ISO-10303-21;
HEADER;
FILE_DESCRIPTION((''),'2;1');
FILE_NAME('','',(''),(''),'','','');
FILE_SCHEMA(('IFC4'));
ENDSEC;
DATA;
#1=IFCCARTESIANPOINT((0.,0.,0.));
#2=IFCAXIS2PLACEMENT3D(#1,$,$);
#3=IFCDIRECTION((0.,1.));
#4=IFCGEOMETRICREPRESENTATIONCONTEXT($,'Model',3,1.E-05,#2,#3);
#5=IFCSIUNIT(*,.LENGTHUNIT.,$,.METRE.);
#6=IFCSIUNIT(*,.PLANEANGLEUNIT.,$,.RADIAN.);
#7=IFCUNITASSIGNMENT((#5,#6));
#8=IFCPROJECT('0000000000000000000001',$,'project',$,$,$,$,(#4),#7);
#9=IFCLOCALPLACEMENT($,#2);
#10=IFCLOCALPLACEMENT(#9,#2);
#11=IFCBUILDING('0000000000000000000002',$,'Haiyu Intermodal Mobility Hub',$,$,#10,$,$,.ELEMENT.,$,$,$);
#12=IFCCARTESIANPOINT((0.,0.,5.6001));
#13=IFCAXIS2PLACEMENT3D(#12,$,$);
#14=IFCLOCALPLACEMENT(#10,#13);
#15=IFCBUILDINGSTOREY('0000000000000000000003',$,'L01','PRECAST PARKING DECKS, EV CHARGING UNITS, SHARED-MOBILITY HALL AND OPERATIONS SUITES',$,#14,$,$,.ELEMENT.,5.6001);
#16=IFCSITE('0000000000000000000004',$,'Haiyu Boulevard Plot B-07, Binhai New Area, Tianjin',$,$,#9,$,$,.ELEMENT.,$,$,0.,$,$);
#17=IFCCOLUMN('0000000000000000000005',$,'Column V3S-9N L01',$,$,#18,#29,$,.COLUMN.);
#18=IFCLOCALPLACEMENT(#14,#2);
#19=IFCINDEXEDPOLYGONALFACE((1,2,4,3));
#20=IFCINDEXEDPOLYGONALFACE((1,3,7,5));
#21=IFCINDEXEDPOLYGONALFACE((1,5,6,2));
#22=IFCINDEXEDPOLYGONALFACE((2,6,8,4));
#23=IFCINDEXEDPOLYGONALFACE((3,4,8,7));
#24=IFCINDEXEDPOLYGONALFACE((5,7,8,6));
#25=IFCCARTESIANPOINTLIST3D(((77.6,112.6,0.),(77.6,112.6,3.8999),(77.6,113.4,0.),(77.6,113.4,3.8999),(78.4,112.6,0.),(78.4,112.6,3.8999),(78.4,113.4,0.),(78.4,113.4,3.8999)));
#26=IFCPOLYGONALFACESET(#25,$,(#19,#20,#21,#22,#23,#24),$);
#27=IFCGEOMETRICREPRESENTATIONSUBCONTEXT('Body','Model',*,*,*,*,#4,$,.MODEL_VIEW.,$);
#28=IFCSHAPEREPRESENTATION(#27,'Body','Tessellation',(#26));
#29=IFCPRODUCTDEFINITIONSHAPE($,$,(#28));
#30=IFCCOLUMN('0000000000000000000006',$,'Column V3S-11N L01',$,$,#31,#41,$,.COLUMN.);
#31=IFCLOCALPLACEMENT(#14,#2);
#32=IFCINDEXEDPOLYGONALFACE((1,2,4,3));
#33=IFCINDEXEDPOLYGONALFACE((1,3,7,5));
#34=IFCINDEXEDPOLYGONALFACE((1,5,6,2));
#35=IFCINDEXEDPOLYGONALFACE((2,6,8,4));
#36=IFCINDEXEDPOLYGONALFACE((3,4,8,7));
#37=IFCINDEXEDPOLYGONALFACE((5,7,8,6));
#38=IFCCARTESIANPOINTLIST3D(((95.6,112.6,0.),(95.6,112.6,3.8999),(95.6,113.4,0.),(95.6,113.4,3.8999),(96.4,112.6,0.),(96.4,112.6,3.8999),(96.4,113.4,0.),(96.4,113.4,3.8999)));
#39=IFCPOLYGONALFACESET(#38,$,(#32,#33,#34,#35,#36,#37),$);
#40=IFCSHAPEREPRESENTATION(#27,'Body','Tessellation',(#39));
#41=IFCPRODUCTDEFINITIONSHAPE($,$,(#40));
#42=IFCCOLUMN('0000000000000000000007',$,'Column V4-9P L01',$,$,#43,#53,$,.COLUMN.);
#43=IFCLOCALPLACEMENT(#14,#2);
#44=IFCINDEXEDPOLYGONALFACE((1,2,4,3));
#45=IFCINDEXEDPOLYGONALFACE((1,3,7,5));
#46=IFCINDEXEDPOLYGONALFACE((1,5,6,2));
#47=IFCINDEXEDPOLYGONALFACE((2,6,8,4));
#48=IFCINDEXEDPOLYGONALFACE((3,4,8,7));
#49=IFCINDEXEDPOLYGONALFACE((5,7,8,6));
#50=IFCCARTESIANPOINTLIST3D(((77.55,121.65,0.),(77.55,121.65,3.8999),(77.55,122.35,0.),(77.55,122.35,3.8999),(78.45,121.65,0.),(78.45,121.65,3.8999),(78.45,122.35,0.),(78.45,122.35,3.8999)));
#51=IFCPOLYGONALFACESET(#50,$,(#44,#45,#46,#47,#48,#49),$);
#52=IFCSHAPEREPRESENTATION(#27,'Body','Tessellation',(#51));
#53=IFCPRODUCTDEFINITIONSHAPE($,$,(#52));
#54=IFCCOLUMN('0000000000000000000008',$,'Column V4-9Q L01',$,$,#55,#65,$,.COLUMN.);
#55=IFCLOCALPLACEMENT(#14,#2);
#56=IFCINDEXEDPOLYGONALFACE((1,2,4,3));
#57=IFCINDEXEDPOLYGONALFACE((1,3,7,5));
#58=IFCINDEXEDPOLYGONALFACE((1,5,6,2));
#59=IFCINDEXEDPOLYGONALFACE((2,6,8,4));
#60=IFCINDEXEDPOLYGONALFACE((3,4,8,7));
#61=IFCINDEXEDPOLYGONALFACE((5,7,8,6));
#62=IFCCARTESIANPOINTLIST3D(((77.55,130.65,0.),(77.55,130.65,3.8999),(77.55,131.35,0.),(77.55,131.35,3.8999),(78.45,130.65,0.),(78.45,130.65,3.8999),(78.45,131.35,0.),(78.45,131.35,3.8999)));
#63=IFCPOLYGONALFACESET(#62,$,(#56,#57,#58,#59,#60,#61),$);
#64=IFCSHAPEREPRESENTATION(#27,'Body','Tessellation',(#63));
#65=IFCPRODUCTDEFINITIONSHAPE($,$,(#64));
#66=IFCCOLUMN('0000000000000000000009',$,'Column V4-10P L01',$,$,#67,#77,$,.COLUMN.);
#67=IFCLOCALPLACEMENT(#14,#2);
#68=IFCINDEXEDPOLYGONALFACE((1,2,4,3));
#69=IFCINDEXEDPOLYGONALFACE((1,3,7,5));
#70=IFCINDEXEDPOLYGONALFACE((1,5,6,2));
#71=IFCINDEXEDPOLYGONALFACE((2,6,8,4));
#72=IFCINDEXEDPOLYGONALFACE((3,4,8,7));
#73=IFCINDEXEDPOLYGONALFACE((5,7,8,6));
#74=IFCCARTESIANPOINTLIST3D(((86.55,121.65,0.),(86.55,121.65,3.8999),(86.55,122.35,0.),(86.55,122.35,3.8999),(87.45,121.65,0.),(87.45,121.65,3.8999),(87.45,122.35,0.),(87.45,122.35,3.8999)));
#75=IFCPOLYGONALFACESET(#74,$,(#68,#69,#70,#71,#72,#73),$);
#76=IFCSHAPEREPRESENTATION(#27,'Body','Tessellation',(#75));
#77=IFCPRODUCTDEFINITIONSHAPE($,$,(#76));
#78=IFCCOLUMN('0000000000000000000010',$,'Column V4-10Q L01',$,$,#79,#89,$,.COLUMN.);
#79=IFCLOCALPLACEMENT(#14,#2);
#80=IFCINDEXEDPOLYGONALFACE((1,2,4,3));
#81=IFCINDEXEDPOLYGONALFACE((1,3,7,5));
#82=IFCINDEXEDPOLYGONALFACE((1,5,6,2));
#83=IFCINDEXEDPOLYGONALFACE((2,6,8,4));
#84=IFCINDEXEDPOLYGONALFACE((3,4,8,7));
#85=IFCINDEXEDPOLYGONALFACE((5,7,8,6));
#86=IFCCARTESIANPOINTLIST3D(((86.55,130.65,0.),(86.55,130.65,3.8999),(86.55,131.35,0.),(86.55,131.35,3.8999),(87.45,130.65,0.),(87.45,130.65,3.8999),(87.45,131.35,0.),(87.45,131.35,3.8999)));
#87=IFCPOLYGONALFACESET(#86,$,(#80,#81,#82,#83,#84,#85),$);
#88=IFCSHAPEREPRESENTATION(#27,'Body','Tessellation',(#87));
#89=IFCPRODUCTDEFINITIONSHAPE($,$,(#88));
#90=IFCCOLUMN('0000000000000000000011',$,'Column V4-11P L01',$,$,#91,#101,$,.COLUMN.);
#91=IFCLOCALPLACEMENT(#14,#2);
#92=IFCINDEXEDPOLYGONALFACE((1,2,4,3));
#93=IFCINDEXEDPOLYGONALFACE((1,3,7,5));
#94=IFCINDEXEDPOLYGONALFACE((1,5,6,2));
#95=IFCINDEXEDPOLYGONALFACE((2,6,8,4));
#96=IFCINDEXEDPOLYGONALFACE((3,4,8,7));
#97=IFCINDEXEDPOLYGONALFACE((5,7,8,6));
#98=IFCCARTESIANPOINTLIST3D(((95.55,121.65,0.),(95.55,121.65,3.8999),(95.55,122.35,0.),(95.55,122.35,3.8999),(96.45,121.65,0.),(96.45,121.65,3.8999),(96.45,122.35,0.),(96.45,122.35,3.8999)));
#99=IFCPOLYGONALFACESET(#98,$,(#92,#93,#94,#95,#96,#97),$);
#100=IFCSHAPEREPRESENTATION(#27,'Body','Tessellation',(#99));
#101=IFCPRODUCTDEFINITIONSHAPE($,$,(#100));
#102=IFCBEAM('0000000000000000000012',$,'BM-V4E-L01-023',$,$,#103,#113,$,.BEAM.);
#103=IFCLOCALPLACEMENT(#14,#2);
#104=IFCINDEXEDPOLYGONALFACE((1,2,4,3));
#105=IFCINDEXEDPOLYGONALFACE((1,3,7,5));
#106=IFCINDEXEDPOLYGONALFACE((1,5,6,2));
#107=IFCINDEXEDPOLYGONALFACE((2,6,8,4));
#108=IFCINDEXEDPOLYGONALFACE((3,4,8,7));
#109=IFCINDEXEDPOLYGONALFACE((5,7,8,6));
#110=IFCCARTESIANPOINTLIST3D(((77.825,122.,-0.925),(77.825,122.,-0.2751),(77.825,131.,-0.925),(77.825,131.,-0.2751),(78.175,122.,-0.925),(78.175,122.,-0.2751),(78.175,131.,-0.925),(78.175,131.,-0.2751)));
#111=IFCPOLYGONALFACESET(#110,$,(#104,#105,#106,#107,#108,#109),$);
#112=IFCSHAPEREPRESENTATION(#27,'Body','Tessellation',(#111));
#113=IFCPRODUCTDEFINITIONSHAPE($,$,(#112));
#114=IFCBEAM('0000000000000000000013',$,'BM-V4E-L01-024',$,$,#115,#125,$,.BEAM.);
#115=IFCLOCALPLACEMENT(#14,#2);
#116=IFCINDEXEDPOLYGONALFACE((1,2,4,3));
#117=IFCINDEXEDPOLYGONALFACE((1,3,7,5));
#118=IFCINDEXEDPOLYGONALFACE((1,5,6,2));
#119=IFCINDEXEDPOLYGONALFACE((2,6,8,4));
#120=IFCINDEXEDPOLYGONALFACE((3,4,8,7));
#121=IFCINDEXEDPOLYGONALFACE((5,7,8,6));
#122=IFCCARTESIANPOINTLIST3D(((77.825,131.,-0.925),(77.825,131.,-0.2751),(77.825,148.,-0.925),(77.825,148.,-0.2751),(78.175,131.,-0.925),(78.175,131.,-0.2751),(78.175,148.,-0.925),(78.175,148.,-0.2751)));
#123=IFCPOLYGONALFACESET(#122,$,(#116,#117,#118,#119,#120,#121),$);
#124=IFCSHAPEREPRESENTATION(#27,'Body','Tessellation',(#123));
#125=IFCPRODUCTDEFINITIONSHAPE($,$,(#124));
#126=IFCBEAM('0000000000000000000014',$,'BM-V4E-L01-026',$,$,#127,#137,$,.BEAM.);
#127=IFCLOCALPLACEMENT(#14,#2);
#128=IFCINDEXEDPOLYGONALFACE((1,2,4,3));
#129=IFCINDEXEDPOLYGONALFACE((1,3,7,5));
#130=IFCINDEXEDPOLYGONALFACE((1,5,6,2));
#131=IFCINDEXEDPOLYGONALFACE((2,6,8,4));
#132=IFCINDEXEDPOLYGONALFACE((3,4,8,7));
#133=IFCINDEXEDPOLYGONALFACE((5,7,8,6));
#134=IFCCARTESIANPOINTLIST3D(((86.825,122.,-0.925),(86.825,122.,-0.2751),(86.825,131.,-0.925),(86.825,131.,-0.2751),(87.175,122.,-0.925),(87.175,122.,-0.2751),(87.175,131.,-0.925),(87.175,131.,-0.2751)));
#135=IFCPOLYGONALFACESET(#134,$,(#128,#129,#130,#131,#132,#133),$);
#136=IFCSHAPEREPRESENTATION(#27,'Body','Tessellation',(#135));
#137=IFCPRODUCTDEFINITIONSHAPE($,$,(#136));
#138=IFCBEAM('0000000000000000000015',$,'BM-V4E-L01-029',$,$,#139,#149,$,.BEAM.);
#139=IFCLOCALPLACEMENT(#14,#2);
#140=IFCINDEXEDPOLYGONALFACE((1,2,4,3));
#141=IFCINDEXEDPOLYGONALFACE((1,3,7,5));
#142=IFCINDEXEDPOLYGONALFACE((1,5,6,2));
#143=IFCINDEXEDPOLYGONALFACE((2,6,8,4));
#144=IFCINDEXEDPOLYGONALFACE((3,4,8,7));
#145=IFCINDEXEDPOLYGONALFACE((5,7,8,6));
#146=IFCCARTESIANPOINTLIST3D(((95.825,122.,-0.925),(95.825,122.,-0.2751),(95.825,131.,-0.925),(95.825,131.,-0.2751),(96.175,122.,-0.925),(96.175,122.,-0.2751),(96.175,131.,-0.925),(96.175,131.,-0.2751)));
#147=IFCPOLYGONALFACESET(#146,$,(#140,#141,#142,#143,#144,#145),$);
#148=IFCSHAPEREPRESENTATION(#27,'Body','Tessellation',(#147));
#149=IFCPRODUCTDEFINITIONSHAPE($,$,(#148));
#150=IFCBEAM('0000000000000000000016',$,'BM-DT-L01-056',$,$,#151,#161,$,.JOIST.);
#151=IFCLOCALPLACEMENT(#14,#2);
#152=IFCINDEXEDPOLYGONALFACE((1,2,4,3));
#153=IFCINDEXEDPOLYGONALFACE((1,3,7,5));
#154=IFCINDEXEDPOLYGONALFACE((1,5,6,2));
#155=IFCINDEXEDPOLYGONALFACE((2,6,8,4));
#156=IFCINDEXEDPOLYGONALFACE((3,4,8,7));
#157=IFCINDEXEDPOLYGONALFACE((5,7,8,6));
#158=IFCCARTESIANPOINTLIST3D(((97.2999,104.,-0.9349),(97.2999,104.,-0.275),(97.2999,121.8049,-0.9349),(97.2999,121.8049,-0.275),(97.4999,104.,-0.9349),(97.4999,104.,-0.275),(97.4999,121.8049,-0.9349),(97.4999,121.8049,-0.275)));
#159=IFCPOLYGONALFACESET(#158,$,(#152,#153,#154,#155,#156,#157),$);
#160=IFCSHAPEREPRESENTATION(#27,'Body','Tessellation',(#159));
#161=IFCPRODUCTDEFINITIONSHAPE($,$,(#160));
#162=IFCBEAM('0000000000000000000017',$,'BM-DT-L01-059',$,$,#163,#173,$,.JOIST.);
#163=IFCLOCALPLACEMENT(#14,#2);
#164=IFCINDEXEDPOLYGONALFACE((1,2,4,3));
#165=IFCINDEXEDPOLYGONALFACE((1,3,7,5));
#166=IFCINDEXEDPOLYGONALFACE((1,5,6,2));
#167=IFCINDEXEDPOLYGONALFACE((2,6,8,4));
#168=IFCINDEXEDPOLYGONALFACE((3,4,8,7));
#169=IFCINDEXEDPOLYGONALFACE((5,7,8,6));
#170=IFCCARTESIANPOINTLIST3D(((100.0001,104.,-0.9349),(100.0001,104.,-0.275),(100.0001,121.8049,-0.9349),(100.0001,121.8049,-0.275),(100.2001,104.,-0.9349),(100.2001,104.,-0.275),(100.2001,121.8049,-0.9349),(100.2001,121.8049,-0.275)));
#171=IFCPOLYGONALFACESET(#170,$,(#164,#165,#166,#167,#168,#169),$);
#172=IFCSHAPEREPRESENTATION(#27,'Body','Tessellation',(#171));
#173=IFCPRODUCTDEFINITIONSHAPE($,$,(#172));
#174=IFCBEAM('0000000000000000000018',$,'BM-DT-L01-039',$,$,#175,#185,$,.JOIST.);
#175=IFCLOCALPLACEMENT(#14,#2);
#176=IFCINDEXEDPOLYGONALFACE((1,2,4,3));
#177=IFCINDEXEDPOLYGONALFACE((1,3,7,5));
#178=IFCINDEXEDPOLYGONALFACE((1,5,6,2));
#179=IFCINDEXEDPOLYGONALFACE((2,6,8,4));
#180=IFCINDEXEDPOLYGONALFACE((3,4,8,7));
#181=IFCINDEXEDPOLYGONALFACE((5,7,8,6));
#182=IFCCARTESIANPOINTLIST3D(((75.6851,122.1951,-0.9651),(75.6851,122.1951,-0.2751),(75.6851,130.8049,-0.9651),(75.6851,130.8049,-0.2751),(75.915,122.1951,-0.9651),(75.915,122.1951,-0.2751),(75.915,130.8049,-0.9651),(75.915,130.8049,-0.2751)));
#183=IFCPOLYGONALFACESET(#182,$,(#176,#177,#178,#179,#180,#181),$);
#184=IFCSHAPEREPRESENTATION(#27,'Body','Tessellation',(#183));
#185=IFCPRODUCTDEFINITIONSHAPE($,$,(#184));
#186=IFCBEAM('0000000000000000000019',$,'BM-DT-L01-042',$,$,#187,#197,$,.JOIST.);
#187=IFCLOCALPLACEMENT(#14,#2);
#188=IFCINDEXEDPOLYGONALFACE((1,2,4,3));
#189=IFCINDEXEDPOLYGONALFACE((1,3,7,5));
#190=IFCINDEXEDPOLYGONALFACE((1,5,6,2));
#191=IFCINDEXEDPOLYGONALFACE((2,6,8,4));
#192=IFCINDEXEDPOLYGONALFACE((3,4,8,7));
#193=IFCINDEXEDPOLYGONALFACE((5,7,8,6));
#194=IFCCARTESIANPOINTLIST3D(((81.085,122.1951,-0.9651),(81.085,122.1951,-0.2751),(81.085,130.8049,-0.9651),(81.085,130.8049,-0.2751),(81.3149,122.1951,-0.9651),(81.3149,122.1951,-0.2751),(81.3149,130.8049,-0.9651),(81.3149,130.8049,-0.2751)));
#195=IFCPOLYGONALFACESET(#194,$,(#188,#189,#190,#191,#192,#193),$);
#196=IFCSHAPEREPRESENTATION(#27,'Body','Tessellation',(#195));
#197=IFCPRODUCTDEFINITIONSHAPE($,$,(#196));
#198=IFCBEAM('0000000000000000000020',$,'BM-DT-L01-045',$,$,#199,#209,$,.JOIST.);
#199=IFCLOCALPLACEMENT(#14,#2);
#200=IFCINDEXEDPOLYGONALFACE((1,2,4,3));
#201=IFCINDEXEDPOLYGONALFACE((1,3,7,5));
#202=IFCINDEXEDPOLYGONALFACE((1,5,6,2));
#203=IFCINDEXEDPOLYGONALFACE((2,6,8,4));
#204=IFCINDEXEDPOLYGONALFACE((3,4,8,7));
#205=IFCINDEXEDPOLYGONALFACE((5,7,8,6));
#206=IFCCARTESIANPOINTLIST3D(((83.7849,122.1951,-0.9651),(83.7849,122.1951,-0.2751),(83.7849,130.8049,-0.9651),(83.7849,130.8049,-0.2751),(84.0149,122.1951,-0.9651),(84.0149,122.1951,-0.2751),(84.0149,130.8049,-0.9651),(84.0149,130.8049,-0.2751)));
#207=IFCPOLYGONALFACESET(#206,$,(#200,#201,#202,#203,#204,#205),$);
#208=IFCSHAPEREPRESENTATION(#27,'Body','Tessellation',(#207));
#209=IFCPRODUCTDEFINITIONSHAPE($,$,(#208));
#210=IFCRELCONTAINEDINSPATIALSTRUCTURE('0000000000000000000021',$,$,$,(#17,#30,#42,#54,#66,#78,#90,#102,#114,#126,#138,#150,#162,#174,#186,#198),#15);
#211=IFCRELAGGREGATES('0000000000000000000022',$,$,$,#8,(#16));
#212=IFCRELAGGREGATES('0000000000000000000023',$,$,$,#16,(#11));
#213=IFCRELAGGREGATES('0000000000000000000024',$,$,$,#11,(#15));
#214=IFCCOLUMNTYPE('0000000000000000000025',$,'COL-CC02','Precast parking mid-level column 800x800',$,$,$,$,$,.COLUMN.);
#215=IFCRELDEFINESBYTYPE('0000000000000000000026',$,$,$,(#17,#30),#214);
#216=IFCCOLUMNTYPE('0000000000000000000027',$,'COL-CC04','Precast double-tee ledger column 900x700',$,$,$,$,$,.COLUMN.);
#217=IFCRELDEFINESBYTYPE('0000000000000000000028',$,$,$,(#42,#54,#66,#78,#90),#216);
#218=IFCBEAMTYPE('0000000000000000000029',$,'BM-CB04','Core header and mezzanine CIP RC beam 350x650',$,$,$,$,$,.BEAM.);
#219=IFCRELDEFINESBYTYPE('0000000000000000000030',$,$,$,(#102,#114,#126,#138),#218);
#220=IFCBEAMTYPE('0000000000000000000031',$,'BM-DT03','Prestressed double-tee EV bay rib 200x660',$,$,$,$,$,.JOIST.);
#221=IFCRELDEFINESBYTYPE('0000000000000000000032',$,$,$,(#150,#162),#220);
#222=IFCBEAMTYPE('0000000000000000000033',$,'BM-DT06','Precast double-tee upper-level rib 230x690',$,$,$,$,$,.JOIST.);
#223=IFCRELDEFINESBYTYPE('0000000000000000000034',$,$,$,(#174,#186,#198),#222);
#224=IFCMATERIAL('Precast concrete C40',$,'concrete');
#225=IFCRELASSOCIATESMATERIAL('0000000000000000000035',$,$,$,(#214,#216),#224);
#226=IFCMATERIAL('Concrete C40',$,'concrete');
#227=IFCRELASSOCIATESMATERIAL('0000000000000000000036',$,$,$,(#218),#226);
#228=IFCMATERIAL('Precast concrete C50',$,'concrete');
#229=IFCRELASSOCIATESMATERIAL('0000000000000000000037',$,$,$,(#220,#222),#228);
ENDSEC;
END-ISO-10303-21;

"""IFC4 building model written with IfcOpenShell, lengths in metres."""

from ifc_helpers import new_model, si_unit, direction, frame, origin, origin_2d, place, context, subcontext, project, spatial, rectangle, extrude, material, material_profile, profile_set, type_object, element, save


model = new_model("IFC4")

# Units and contexts
model_context = context("Model", 3, precision=1e-05, world=origin(), true_north=direction((0.0, 1.0)))
body_context = subcontext(model_context, "Body", "Model", "MODEL_VIEW")
ifc_project = project(units=[si_unit("LENGTHUNIT", "METRE"), si_unit("PLANEANGLEUNIT", "RADIAN")], contexts=[model_context])

# Site, building, storey
site_placement = place(None, origin())
site = spatial("IfcSite", under=ifc_project, at=site_placement, Name="Haiyu Boulevard Plot B-07, Binhai New Area, Tianjin", CompositionType="ELEMENT", RefElevation=0.0)
building_placement = place(site_placement, origin())
building = spatial("IfcBuilding", under=site, at=building_placement, Name="Haiyu Intermodal Mobility Hub", CompositionType="ELEMENT")
storey_placement = place(building_placement, frame((0.0, 0.0, 5.6001)))
storey = spatial("IfcBuildingStorey", under=building, at=storey_placement, Name="L01", Description="PRECAST PARKING DECKS, EV CHARGING UNITS, SHARED-MOBILITY HALL AND OPERATIONS SUITES", CompositionType="ELEMENT", Elevation=5.6001)

# Columns
ifc_material_1 = material(Name="Precast concrete C40", Category="concrete")
ifc_material_profile_1 = material_profile(ifc_material_1, rectangle(XDim=0.8, YDim=0.8, at=origin_2d()), Name="RC800x800")
ifc_profile_set_1 = profile_set([ifc_material_profile_1], Name="Precast concrete C40")
column_type_1 = type_object("IfcColumnType", Name="COL-CC02", Description="Precast parking mid-level column 800x800", PredefinedType="COLUMN", material=ifc_profile_set_1)
for number, where, z_axis, x_axis, name in (
    (1, (78.0, 113.0, 0.0), (0.0, 0.0, 1.0), (1.0, 0.0, 0.0), "Column V3S-9N L01"),
    (2, (96.0, 113.0, 0.0), (0.0, 0.0, 1.0), (1.0, 0.0, 0.0), "Column V3S-11N L01"),
):
    element("IfcColumn", number, at=place(storey_placement, frame(where, z_axis=z_axis, x_axis=x_axis)), inside=storey, type_object=column_type_1, Name=name, PredefinedType="COLUMN", context=body_context, shape_type="SweptSolid", body=[
        extrude(rectangle(XDim=0.8, YDim=0.8, at=origin_2d()), origin(), (0.0, 0.0, 1.0), 3.8999),
    ])
ifc_material_profile_2 = material_profile(ifc_material_1, rectangle(XDim=0.8999, YDim=0.7, at=origin_2d()), Name="RC900x700")
ifc_profile_set_2 = profile_set([ifc_material_profile_2], Name="Precast concrete C40")
column_type_2 = type_object("IfcColumnType", Name="COL-CC04", Description="Precast double-tee ledger column 900x700", PredefinedType="COLUMN", material=ifc_profile_set_2)
for number, where, z_axis, x_axis, name in (
    (3, (78.0, 122.0, 0.0), (0.0, 0.0, 1.0), (1.0, 0.0, 0.0), "Column V4-9P L01"),
    (4, (78.0, 131.0, 0.0), (0.0, 0.0, 1.0), (1.0, 0.0, 0.0), "Column V4-9Q L01"),
    (5, (87.0, 122.0, 0.0), (0.0, 0.0, 1.0), (1.0, 0.0, 0.0), "Column V4-10P L01"),
    (6, (87.0, 131.0, 0.0), (0.0, 0.0, 1.0), (1.0, 0.0, 0.0), "Column V4-10Q L01"),
    (7, (96.0, 122.0, 0.0), (0.0, 0.0, 1.0), (1.0, 0.0, 0.0), "Column V4-11P L01"),
):
    element("IfcColumn", number, at=place(storey_placement, frame(where, z_axis=z_axis, x_axis=x_axis)), inside=storey, type_object=column_type_2, Name=name, PredefinedType="COLUMN", context=body_context, shape_type="SweptSolid", body=[
        extrude(rectangle(XDim=0.8999, YDim=0.7, at=origin_2d()), origin(), (0.0, 0.0, 1.0), 3.8999),
    ])

# Beams
ifc_material_2 = material(Name="Concrete C40", Category="concrete")
ifc_material_profile_3 = material_profile(ifc_material_2, rectangle(XDim=0.3501, YDim=0.6499, at=origin_2d()), Name="RCB350x650")
ifc_profile_set_3 = profile_set([ifc_material_profile_3], Name="Concrete C40")
beam_type_1 = type_object("IfcBeamType", Name="BM-CB04", Description="Core header and mezzanine CIP RC beam 350x650", PredefinedType="BEAM", material=ifc_profile_set_3)
beam_1_placement = place(storey_placement, frame((78.0, 122.0, -0.6001), z_axis=(0.0, 1.0, 0.0), x_axis=(-1.0, 0.0, 0.0)))
element("IfcBeam", 8, at=beam_1_placement, inside=storey, type_object=beam_type_1, Name="BM-V4E-L01-023", PredefinedType="BEAM", context=body_context, shape_type="SweptSolid", body=[
    extrude(rectangle(XDim=0.3501, YDim=0.6499, at=origin_2d()), origin(), (0.0, 0.0, 1.0), 9.0),
])
beam_2_placement = place(storey_placement, frame((78.0, 131.0, -0.6001), z_axis=(0.0, 1.0, 0.0), x_axis=(-1.0, 0.0, 0.0)))
element("IfcBeam", 9, at=beam_2_placement, inside=storey, type_object=beam_type_1, Name="BM-V4E-L01-024", PredefinedType="BEAM", context=body_context, shape_type="SweptSolid", body=[
    extrude(rectangle(XDim=0.3501, YDim=0.6499, at=origin_2d()), origin(), (0.0, 0.0, 1.0), 17.0),
])
for number, where, z_axis, x_axis, name in (
    (10, (87.0, 122.0, -0.6001), (0.0, 1.0, 0.0), (-1.0, 0.0, 0.0), "BM-V4E-L01-026"),
    (11, (96.0, 122.0, -0.6001), (0.0, 1.0, 0.0), (-1.0, 0.0, 0.0), "BM-V4E-L01-029"),
):
    element("IfcBeam", number, at=place(storey_placement, frame(where, z_axis=z_axis, x_axis=x_axis)), inside=storey, type_object=beam_type_1, Name=name, PredefinedType="BEAM", context=body_context, shape_type="SweptSolid", body=[
        extrude(rectangle(XDim=0.3501, YDim=0.6499, at=origin_2d()), origin(), (0.0, 0.0, 1.0), 9.0),
    ])
ifc_material_3 = material(Name="Precast concrete C50", Category="concrete")
ifc_material_profile_4 = material_profile(ifc_material_3, rectangle(XDim=0.2, YDim=0.6599, at=origin_2d()), Name="PC200x660")
ifc_profile_set_4 = profile_set([ifc_material_profile_4], Name="Precast concrete C50")
beam_type_2 = type_object("IfcBeamType", Name="BM-DT03", Description="Prestressed double-tee EV bay rib 200x660", PredefinedType="JOIST", material=ifc_profile_set_4)
for number, where, z_axis, x_axis, name in (
    (12, (97.3999, 104.0, -0.605), (0.0, 1.0, 0.0), (-1.0, 0.0, 0.0), "BM-DT-L01-056"),
    (13, (100.1001, 104.0, -0.605), (0.0, 1.0, 0.0), (-1.0, 0.0, 0.0), "BM-DT-L01-059"),
):
    element("IfcBeam", number, at=place(storey_placement, frame(where, z_axis=z_axis, x_axis=x_axis)), inside=storey, type_object=beam_type_2, Name=name, PredefinedType="JOIST", context=body_context, shape_type="SweptSolid", body=[
        extrude(rectangle(XDim=0.2, YDim=0.6599, at=origin_2d()), origin(), (0.0, 0.0, 1.0), 17.8049),
    ])
ifc_material_profile_5 = material_profile(ifc_material_3, rectangle(XDim=0.23, YDim=0.6899, at=origin_2d()), Name="B230x690")
ifc_profile_set_5 = profile_set([ifc_material_profile_5], Name="Precast concrete C50")
beam_type_3 = type_object("IfcBeamType", Name="BM-DT06", Description="Precast double-tee upper-level rib 230x690", PredefinedType="JOIST", material=ifc_profile_set_5)
for number, where, z_axis, x_axis, name in (
    (14, (75.8, 122.1951, -0.6201), (0.0, 1.0, 0.0), (-1.0, 0.0, 0.0), "BM-DT-L01-039"),
    (15, (81.2, 122.1951, -0.6201), (0.0, 1.0, 0.0), (-1.0, 0.0, 0.0), "BM-DT-L01-042"),
    (16, (83.8999, 122.1951, -0.6201), (0.0, 1.0, 0.0), (-1.0, 0.0, 0.0), "BM-DT-L01-045"),
):
    element("IfcBeam", number, at=place(storey_placement, frame(where, z_axis=z_axis, x_axis=x_axis)), inside=storey, type_object=beam_type_3, Name=name, PredefinedType="JOIST", context=body_context, shape_type="SweptSolid", body=[
        extrude(rectangle(XDim=0.23, YDim=0.6899, at=origin_2d()), origin(), (0.0, 0.0, 1.0), 8.6099),
    ])

save(model, "model.ifc")
